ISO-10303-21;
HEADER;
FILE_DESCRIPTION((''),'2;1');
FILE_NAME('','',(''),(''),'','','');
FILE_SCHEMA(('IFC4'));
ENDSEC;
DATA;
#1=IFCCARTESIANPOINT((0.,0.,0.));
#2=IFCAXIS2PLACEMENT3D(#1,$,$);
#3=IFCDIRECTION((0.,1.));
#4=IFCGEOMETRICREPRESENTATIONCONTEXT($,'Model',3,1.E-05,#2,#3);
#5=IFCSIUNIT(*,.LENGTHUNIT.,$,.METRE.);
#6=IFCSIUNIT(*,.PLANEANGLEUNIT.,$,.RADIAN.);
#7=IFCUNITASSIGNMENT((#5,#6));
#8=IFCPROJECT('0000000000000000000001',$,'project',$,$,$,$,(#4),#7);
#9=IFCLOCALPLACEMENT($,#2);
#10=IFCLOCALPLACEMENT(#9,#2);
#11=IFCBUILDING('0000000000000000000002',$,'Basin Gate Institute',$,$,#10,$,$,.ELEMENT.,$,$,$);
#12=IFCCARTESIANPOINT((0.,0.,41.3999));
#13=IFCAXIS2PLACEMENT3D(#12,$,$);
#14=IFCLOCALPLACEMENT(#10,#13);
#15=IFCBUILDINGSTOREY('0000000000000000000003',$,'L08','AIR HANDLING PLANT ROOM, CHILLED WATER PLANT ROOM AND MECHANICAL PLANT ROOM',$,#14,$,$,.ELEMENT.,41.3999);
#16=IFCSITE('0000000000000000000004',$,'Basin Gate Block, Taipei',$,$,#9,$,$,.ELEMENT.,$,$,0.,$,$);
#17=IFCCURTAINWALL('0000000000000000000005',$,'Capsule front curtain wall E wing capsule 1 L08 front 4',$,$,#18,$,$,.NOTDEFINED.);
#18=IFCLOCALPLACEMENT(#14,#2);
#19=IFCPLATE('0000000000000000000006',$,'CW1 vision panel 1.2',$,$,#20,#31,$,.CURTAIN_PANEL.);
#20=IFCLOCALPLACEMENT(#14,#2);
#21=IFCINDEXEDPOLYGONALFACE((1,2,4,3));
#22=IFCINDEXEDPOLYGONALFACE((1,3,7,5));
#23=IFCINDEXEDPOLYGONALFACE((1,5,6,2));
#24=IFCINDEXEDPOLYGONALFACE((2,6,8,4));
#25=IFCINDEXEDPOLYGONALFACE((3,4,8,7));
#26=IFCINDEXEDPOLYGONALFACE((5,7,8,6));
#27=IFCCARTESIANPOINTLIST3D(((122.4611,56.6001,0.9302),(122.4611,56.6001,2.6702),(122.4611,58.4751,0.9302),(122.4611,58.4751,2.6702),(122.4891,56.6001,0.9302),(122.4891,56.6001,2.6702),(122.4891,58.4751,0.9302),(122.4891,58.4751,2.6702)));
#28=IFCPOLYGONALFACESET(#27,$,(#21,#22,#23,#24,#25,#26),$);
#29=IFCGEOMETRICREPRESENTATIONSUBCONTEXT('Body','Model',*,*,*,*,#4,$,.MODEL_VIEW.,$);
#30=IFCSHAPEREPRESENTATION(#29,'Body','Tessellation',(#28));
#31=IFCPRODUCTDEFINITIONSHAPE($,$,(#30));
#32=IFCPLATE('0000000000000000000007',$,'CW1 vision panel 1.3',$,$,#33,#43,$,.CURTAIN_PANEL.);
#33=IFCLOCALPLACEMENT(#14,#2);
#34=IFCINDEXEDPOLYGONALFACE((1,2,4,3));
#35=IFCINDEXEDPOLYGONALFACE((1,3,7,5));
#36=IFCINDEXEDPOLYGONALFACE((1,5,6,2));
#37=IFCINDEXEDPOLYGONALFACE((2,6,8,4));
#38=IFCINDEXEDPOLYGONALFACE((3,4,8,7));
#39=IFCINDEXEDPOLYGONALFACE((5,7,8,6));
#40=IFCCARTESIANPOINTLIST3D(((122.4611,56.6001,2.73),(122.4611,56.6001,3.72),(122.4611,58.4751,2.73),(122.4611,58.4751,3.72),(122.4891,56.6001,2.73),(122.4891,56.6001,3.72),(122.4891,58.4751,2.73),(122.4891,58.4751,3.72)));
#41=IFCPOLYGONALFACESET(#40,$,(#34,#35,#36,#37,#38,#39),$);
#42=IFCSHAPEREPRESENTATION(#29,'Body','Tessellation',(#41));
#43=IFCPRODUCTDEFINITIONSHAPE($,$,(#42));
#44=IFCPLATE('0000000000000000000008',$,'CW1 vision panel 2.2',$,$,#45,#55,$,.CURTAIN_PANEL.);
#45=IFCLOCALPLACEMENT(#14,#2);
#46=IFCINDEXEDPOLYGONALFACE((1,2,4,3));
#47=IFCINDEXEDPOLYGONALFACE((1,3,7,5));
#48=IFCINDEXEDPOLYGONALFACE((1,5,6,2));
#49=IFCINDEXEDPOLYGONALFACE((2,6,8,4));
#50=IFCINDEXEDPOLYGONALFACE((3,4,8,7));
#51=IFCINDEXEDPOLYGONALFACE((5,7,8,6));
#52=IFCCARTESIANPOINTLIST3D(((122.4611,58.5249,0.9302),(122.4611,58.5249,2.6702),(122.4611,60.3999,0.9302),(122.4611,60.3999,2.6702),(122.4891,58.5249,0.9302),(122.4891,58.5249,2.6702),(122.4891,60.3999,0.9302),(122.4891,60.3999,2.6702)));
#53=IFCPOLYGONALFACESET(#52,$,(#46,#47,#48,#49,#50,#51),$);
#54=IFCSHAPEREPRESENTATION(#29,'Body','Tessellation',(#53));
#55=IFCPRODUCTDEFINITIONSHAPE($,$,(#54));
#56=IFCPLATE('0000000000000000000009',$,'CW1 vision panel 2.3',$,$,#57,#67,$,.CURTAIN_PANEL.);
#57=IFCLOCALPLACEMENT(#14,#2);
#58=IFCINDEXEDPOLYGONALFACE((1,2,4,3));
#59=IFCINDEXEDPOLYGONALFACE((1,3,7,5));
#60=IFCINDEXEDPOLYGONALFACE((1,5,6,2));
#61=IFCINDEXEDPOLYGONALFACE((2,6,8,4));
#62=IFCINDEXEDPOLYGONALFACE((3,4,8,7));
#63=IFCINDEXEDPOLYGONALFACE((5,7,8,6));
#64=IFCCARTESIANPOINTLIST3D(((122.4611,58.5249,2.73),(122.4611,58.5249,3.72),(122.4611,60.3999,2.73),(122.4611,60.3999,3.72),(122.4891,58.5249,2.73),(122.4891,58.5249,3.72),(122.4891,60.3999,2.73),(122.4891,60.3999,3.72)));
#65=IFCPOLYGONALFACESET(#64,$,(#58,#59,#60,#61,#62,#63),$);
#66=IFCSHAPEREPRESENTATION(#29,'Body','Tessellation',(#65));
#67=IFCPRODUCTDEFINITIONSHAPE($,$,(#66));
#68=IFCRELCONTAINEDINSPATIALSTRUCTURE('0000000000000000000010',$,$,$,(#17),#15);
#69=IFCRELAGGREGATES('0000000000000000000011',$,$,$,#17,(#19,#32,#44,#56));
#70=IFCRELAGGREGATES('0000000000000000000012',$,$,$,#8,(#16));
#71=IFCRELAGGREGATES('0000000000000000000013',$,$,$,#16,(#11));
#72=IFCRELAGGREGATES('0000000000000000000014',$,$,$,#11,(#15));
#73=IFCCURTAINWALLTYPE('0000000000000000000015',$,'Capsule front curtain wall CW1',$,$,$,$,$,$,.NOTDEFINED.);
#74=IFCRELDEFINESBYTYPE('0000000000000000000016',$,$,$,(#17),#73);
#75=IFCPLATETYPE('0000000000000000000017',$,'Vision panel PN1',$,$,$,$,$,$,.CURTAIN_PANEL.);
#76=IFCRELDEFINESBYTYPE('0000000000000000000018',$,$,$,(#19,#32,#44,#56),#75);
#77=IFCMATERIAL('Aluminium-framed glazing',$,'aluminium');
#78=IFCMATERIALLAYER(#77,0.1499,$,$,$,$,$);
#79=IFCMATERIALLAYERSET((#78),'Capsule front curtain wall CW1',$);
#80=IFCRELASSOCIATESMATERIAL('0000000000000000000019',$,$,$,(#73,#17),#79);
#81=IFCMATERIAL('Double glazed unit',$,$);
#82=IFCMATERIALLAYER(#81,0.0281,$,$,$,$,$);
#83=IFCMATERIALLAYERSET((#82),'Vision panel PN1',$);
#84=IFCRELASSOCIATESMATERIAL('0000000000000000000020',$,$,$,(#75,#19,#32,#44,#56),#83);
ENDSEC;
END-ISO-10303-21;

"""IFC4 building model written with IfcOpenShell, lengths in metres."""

from ifc_helpers import new_model, si_unit, direction, frame, origin, origin_2d, place, context, subcontext, project, spatial, rectangle, extrude, material, layer, layer_set, type_object, element, aggregate, save


model = new_model("IFC4")

# Units and contexts
model_context = context("Model", 3, precision=1e-05, world=origin(), true_north=direction((0.0, 1.0)))
body_context = subcontext(model_context, "Body", "Model", "MODEL_VIEW")
ifc_project = project(units=[si_unit("LENGTHUNIT", "METRE"), si_unit("PLANEANGLEUNIT", "RADIAN")], contexts=[model_context])

# Site, building, storey
site_placement = place(None, origin())
site = spatial("IfcSite", under=ifc_project, at=site_placement, Name="Basin Gate Block, Taipei", CompositionType="ELEMENT", RefElevation=0.0)
building_placement = place(site_placement, origin())
building = spatial("IfcBuilding", under=site, at=building_placement, Name="Basin Gate Institute", CompositionType="ELEMENT")
storey_placement = place(building_placement, frame((0.0, 0.0, 41.3999)))
storey = spatial("IfcBuildingStorey", under=building, at=storey_placement, Name="L08", Description="AIR HANDLING PLANT ROOM, CHILLED WATER PLANT ROOM AND MECHANICAL PLANT ROOM", CompositionType="ELEMENT", Elevation=41.3999)

# Shared definitions
ifc_material_1 = material(Name="Aluminium-framed glazing", Category="aluminium")
ifc_layer_1 = layer(ifc_material_1, 0.1499)
ifc_layer_set_1 = layer_set([ifc_layer_1], Name="Capsule front curtain wall CW1")
curtain_wall_type = type_object("IfcCurtainWallType", Name="Capsule front curtain wall CW1", PredefinedType="NOTDEFINED", material=ifc_layer_set_1)

# Curtain wall
curtain_wall_1_placement = place(storey_placement, origin())
curtain_wall_1 = element("IfcCurtainWall", 1, at=curtain_wall_1_placement, inside=storey, type_object=curtain_wall_type, material=ifc_layer_set_1, Name="Capsule front curtain wall E wing capsule 1 L08 front 4", PredefinedType="NOTDEFINED")

# Plates
ifc_material_2 = material(Name="Double glazed unit")
ifc_layer_2 = layer(ifc_material_2, 0.0281)
ifc_layer_set_2 = layer_set([ifc_layer_2], Name="Vision panel PN1")
plate_type_1 = type_object("IfcPlateType", Name="Vision panel PN1", PredefinedType="CURTAIN_PANEL", material=ifc_layer_set_2)
plate_1_placement = place(storey_placement, frame((122.4751, 57.5376, 0.9302), z_axis=(0.0, 0.0, 1.0), x_axis=(0.0, 1.0, 0.0)))
plate_1 = element("IfcPlate", 2, at=plate_1_placement, type_object=plate_type_1, material=ifc_layer_set_2, Name="CW1 vision panel 1.2", PredefinedType="CURTAIN_PANEL", context=body_context, shape_type="SweptSolid", body=[
    extrude(rectangle(XDim=1.875, YDim=0.0281, at=origin_2d()), origin(), (0.0, 0.0, 1.0), 1.74),
])
plate_2_placement = place(storey_placement, frame((122.4751, 57.5376, 2.73), z_axis=(0.0, 0.0, 1.0), x_axis=(0.0, 1.0, 0.0)))
plate_2 = element("IfcPlate", 3, at=plate_2_placement, type_object=plate_type_1, material=ifc_layer_set_2, Name="CW1 vision panel 1.3", PredefinedType="CURTAIN_PANEL", context=body_context, shape_type="SweptSolid", body=[
    extrude(rectangle(XDim=1.875, YDim=0.0281, at=origin_2d()), origin(), (0.0, 0.0, 1.0), 0.99),
])
plate_3_placement = place(storey_placement, frame((122.4751, 59.4624, 0.9302), z_axis=(0.0, 0.0, 1.0), x_axis=(0.0, 1.0, 0.0)))
plate_3 = element("IfcPlate", 4, at=plate_3_placement, type_object=plate_type_1, material=ifc_layer_set_2, Name="CW1 vision panel 2.2", PredefinedType="CURTAIN_PANEL", context=body_context, shape_type="SweptSolid", body=[
    extrude(rectangle(XDim=1.875, YDim=0.0281, at=origin_2d()), origin(), (0.0, 0.0, 1.0), 1.74),
])
plate_4_placement = place(storey_placement, frame((122.4751, 59.4624, 2.73), z_axis=(0.0, 0.0, 1.0), x_axis=(0.0, 1.0, 0.0)))
plate_4 = element("IfcPlate", 5, at=plate_4_placement, type_object=plate_type_1, material=ifc_layer_set_2, Name="CW1 vision panel 2.3", PredefinedType="CURTAIN_PANEL", context=body_context, shape_type="SweptSolid", body=[
    extrude(rectangle(XDim=1.875, YDim=0.0281, at=origin_2d()), origin(), (0.0, 0.0, 1.0), 0.99),
])
aggregate(curtain_wall_1, [plate_1, plate_2, plate_3, plate_4])

save(model, "model.ifc")
